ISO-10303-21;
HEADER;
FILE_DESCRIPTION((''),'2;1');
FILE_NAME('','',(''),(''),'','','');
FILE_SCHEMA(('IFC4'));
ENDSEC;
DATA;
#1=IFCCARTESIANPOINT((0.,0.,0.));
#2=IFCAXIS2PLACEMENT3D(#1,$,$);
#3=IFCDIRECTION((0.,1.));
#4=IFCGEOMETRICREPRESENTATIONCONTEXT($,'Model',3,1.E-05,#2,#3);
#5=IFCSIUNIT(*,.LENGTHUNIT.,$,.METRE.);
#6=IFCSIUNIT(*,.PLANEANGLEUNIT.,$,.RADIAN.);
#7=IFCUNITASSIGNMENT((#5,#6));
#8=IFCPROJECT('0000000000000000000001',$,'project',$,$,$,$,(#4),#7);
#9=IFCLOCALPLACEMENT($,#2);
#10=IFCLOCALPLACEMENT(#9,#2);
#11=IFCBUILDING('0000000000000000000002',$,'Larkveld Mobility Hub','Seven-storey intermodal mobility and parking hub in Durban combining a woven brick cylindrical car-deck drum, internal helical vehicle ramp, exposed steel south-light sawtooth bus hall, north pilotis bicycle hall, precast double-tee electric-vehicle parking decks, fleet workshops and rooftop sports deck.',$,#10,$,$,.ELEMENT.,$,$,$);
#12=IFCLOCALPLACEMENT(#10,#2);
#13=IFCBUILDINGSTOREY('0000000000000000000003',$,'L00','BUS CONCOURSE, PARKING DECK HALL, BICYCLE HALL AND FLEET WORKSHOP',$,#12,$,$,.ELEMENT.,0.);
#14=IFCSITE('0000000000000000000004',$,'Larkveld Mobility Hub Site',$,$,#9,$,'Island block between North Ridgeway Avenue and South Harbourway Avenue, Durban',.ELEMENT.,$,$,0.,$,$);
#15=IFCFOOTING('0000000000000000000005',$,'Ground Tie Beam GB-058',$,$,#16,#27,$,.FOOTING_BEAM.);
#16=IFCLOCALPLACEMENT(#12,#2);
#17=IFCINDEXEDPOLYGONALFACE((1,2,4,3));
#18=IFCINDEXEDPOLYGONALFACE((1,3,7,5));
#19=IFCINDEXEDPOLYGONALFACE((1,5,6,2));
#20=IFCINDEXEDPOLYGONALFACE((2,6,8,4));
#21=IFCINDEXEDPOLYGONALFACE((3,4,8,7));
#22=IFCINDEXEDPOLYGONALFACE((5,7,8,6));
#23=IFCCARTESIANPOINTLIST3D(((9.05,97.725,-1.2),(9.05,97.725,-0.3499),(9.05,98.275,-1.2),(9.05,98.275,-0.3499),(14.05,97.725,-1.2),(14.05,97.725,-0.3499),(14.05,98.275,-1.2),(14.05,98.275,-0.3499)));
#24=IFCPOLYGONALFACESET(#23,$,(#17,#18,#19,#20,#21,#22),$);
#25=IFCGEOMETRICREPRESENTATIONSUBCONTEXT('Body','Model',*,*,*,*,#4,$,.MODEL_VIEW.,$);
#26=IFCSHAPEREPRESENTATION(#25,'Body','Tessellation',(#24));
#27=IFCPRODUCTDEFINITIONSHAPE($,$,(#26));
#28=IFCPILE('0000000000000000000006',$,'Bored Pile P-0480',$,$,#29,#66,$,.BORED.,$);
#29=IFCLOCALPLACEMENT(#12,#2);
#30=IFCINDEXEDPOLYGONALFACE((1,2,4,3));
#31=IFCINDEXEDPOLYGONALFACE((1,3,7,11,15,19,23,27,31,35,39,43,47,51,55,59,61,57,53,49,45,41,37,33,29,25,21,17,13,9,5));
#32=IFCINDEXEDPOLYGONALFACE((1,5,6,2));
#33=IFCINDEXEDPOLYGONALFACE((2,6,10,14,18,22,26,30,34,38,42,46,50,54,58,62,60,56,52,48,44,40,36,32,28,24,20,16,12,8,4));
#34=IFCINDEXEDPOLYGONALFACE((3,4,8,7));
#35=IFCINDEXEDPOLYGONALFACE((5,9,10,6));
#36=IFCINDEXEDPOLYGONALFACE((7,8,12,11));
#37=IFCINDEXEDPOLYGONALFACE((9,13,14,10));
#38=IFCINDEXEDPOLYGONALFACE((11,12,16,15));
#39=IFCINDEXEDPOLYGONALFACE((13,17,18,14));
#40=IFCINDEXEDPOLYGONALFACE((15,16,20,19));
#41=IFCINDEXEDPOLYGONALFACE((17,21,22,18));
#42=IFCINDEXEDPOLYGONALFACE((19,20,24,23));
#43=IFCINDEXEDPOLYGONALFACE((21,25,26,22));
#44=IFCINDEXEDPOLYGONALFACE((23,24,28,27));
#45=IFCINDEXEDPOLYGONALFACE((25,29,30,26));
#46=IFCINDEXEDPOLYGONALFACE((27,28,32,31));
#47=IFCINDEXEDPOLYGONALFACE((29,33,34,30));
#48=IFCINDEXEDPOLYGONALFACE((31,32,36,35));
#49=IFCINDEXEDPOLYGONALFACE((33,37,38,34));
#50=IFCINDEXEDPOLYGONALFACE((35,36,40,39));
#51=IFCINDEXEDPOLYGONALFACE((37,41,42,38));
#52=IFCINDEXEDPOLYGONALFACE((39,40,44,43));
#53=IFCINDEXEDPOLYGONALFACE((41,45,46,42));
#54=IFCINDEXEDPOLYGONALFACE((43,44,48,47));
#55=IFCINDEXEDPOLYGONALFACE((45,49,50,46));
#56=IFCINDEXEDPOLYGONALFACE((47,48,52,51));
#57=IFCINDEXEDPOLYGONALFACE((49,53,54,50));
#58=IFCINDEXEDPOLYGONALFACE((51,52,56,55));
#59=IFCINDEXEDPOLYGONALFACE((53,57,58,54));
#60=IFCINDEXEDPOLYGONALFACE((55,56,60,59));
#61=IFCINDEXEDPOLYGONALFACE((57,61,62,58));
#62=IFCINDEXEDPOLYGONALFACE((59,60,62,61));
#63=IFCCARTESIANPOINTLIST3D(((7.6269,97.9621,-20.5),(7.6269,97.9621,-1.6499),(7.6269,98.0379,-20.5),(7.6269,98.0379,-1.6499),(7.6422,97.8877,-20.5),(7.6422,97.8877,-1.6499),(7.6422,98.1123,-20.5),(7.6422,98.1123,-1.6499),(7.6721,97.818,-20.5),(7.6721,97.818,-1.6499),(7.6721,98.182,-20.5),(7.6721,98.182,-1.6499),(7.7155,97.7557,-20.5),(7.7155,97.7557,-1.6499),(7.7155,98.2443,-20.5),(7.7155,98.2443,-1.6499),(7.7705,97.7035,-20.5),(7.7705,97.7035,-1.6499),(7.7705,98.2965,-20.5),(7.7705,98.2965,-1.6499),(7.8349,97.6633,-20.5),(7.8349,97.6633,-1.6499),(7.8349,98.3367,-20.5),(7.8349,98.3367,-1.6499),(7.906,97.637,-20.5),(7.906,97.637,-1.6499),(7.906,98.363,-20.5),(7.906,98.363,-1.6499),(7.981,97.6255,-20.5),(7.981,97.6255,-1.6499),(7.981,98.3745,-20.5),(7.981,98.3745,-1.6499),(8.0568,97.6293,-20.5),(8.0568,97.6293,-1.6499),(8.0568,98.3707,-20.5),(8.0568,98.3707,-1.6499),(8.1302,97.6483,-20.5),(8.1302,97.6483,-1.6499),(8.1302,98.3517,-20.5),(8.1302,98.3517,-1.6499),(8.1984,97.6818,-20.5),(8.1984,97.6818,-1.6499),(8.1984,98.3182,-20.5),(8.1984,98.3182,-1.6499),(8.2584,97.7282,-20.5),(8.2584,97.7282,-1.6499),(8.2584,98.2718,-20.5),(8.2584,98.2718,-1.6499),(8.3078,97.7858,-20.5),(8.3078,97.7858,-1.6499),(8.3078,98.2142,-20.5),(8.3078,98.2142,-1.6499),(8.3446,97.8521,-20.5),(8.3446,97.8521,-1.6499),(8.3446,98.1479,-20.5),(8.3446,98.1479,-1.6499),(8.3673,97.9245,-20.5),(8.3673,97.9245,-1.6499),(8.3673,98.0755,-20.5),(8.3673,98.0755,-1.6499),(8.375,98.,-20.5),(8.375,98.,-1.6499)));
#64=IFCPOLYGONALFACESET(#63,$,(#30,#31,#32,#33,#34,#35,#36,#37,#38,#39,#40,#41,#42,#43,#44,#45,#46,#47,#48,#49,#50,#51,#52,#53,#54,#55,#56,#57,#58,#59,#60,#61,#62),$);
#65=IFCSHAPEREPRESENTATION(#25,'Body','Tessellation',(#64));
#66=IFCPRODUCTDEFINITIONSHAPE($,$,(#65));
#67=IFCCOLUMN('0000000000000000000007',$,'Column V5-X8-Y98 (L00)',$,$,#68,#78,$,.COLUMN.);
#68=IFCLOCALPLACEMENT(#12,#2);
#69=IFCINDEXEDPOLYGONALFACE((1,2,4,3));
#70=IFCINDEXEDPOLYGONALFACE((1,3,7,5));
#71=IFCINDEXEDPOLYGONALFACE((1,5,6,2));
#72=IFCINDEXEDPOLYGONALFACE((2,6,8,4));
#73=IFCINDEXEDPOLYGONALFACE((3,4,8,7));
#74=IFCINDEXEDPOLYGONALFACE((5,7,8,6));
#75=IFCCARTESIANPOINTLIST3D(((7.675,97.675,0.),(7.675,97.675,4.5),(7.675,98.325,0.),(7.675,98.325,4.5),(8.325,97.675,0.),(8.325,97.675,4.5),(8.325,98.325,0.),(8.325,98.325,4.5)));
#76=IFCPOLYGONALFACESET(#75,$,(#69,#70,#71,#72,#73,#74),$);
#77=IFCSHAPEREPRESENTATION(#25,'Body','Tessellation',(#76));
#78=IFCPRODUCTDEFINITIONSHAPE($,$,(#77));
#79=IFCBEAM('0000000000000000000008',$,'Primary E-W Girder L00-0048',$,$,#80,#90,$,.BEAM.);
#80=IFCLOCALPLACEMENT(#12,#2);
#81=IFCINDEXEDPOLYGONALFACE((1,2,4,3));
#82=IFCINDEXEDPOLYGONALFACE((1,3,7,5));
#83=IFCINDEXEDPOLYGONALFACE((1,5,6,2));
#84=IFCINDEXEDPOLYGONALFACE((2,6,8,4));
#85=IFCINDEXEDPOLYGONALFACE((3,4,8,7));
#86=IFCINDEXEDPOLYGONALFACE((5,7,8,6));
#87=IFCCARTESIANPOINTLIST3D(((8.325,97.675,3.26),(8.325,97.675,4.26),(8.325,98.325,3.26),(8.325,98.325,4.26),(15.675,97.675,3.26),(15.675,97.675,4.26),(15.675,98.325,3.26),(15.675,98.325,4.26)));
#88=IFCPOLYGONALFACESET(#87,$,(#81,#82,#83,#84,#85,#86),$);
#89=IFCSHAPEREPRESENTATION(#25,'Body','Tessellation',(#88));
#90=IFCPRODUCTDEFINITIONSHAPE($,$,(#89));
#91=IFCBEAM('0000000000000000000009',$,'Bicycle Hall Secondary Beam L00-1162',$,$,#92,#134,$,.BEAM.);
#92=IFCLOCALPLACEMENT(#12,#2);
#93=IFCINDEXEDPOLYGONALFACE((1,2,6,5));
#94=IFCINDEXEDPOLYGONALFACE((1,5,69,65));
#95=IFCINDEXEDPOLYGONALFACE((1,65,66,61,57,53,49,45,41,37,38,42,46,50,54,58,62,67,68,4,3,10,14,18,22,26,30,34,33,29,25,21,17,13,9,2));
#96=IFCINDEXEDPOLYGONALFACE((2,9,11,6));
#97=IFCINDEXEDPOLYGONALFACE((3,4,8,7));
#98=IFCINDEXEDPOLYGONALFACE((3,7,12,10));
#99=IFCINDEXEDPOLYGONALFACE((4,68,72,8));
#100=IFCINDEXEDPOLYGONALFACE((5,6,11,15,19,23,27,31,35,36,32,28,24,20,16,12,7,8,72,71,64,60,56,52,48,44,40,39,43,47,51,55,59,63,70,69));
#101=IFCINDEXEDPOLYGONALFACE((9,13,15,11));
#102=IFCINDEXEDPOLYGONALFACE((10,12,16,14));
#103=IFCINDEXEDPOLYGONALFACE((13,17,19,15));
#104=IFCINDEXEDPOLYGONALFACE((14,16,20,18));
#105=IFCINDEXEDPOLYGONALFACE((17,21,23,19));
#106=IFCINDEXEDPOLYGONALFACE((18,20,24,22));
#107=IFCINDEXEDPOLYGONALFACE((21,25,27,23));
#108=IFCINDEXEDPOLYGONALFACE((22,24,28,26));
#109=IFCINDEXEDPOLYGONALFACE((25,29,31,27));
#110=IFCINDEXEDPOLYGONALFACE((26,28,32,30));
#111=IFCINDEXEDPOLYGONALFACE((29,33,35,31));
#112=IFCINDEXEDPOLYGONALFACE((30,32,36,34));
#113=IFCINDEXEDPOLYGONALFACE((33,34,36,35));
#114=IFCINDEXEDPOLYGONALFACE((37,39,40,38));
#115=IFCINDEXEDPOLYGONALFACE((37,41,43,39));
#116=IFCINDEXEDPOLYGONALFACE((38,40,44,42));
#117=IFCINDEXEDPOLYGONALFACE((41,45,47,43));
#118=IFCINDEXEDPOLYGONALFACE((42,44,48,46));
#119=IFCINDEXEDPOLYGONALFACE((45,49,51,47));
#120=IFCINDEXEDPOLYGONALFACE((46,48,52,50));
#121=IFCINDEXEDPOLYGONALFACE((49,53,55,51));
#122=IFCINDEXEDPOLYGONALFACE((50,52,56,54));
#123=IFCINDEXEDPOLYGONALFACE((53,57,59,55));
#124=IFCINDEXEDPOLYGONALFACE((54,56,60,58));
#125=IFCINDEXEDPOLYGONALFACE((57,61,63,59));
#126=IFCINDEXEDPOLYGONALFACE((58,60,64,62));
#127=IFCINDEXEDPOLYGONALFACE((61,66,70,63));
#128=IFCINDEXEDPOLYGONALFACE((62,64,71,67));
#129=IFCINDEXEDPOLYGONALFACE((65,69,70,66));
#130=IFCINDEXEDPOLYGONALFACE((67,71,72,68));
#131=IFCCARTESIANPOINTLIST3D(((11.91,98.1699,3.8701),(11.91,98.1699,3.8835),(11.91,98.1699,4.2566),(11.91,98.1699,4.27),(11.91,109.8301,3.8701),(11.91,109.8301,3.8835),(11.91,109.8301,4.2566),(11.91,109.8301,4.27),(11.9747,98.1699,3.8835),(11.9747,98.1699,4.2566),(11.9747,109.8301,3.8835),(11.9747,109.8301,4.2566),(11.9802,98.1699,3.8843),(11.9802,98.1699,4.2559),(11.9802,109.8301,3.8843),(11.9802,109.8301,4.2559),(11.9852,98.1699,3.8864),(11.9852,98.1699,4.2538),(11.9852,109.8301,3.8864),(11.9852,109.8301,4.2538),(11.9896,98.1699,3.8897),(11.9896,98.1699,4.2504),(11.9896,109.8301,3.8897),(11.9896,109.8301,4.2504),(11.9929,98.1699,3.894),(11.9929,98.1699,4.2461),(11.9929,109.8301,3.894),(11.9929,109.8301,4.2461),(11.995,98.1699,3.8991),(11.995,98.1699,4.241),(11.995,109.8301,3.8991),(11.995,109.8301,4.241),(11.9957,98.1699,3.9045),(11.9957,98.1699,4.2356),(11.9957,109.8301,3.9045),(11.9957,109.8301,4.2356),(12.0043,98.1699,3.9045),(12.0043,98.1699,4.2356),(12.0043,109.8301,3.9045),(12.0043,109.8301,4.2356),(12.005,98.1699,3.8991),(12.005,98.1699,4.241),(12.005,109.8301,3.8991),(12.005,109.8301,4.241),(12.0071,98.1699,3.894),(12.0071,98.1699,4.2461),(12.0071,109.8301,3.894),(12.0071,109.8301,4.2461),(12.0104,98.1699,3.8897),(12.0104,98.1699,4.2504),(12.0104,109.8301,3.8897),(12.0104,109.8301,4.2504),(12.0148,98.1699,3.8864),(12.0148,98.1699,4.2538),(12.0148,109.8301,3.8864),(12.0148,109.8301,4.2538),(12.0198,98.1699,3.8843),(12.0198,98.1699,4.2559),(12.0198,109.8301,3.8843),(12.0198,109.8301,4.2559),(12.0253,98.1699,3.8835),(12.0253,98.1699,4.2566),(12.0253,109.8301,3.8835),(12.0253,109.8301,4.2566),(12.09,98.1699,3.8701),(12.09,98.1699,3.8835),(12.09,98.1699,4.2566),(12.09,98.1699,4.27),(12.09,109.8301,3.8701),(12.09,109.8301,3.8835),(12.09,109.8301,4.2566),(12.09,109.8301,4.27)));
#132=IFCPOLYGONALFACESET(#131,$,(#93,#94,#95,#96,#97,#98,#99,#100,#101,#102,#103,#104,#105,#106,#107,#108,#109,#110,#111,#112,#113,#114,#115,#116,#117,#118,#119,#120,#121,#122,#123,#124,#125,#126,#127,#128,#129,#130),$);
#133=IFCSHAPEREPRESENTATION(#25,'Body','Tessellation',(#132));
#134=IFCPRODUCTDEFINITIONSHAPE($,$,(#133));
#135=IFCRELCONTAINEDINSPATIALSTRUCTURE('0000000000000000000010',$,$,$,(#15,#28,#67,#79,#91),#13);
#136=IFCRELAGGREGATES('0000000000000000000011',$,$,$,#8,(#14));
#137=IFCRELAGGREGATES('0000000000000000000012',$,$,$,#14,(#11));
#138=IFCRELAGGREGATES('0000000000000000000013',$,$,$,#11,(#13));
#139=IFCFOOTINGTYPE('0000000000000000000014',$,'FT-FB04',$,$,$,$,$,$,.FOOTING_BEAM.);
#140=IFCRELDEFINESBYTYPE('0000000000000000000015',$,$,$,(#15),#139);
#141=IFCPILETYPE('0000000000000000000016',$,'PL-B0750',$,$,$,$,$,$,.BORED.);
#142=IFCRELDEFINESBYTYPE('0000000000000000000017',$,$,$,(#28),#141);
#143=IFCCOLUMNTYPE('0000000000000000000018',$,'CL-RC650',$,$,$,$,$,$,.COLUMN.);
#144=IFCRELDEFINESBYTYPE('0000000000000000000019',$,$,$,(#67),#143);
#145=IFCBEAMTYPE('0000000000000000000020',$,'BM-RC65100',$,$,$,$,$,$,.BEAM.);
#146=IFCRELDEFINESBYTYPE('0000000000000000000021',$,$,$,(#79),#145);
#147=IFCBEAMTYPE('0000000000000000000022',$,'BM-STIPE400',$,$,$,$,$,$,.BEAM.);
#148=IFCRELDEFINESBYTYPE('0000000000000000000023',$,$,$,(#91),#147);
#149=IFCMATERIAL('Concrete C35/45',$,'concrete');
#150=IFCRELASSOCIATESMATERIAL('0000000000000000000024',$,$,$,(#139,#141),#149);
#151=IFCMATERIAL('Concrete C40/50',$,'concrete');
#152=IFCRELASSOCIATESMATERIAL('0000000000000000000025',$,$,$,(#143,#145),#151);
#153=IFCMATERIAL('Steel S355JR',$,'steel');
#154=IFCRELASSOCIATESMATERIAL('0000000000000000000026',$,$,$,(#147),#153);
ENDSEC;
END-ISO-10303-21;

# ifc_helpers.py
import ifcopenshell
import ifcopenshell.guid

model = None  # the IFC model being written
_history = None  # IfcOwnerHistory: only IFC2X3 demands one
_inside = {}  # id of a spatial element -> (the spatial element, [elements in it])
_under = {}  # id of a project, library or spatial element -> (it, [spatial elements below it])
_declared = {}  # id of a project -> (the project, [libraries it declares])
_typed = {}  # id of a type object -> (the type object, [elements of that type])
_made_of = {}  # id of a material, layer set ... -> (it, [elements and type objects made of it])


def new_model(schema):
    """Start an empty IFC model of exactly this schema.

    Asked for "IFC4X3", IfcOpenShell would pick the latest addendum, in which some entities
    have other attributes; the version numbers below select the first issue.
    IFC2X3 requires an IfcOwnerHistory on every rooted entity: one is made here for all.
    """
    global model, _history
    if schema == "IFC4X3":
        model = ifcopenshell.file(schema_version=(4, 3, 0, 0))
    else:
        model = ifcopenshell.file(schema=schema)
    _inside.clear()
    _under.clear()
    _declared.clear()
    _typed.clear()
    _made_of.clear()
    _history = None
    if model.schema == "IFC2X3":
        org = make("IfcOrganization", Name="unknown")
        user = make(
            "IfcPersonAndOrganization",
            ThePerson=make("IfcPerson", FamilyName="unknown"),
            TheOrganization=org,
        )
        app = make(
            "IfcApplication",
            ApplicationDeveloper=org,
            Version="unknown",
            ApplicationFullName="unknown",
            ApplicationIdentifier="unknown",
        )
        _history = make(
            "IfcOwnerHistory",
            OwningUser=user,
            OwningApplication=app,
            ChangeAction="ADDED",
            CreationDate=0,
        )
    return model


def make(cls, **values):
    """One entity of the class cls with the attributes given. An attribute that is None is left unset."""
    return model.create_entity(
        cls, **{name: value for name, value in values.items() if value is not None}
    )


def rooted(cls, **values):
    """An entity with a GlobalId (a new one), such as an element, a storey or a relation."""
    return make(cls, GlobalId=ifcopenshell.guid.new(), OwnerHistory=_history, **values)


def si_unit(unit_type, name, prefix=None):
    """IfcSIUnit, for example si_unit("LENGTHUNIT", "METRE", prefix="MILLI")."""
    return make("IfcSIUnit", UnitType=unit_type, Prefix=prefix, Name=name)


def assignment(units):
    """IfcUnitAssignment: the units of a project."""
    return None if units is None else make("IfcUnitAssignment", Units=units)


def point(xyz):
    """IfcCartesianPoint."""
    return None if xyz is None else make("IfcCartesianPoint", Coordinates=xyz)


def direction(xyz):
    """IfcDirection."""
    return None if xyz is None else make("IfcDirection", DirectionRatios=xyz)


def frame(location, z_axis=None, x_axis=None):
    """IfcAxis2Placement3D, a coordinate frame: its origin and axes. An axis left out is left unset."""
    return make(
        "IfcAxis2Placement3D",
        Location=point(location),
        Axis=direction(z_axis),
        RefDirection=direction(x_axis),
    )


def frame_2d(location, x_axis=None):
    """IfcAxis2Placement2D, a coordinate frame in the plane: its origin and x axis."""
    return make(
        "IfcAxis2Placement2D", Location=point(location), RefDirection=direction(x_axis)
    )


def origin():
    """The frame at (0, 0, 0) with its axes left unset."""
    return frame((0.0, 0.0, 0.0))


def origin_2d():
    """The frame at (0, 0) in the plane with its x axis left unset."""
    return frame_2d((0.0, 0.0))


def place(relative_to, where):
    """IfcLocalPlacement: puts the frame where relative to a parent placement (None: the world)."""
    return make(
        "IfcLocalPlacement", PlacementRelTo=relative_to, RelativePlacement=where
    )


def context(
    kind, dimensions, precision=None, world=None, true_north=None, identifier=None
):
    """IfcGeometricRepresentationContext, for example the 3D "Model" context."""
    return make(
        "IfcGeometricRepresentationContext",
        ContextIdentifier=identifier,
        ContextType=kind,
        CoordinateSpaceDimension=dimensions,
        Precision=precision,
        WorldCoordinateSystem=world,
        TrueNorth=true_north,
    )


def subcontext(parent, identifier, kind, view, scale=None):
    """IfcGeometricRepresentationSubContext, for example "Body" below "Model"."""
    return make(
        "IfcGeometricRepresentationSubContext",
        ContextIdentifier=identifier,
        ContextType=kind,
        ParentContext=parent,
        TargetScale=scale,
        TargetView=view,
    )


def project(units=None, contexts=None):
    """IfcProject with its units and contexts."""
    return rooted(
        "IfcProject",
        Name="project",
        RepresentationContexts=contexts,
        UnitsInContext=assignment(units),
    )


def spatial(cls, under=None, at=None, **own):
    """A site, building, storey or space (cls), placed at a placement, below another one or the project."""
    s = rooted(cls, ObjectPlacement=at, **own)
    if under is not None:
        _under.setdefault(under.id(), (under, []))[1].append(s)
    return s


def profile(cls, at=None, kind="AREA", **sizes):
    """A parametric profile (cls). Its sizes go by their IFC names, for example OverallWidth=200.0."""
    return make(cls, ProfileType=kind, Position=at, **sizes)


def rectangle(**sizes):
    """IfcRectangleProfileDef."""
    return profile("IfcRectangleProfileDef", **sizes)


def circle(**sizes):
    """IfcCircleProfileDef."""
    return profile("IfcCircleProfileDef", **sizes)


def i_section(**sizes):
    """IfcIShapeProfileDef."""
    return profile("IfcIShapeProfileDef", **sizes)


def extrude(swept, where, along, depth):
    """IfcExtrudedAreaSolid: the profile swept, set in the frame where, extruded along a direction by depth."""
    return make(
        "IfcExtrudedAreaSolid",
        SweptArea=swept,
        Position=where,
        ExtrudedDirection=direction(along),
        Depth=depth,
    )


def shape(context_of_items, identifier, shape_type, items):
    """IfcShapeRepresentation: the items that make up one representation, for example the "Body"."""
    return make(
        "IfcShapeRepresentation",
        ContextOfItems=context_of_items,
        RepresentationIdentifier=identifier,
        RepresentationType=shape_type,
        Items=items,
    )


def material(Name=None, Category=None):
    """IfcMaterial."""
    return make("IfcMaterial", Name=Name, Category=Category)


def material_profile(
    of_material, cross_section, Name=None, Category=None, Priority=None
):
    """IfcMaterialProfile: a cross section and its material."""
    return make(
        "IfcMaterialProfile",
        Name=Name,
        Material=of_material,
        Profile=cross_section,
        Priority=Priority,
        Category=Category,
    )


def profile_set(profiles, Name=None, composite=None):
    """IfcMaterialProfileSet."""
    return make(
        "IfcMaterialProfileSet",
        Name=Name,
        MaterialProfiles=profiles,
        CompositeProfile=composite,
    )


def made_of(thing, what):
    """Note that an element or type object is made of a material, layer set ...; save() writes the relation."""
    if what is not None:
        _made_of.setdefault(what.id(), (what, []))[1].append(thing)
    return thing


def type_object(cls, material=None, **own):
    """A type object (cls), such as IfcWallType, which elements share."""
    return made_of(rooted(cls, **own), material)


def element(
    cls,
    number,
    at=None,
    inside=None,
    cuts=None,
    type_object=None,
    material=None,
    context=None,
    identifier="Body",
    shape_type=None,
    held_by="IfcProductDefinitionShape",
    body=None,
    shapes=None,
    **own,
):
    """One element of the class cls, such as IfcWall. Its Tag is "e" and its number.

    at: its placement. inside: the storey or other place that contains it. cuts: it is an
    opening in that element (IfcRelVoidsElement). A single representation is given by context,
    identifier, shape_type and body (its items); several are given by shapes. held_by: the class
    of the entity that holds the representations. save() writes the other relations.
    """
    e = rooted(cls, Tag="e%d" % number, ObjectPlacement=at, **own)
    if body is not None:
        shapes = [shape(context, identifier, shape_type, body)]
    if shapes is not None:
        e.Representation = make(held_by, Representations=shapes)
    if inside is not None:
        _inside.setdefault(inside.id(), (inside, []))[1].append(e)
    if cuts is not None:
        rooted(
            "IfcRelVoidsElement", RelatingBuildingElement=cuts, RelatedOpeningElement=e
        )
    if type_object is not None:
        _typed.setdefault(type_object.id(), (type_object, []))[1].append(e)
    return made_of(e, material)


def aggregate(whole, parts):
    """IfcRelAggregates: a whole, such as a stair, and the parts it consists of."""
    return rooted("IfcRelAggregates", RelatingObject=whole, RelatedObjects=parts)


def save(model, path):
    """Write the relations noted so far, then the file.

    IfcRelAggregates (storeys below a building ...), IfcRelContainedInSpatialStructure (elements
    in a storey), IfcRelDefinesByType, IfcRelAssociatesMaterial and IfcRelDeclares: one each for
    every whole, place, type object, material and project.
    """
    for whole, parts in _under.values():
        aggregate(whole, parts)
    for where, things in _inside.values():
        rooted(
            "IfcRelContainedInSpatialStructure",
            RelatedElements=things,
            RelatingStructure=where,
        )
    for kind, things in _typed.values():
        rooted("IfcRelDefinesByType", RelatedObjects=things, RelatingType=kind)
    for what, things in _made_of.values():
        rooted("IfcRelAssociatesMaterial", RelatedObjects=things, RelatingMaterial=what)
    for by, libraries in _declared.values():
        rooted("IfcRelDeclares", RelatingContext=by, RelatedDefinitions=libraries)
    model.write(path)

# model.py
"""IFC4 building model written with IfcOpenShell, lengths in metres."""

from ifc_helpers import new_model, si_unit, direction, frame, origin, origin_2d, place, context, subcontext, project, spatial, rectangle, circle, i_section, extrude, material, material_profile, profile_set, type_object, element, save


model = new_model("IFC4")

# Units and contexts
model_context = context("Model", 3, precision=1e-05, world=origin(), true_north=direction((0.0, 1.0)))
body_context = subcontext(model_context, "Body", "Model", "MODEL_VIEW")
ifc_project = project(units=[si_unit("LENGTHUNIT", "METRE"), si_unit("PLANEANGLEUNIT", "RADIAN")], contexts=[model_context])

# Site, building, storey
site_placement = place(None, origin())
site = spatial("IfcSite", under=ifc_project, at=site_placement, Name="Larkveld Mobility Hub Site", LongName="Island block between North Ridgeway Avenue and South Harbourway Avenue, Durban", CompositionType="ELEMENT", RefElevation=0.0)
building_placement = place(site_placement, origin())
building = spatial("IfcBuilding", under=site, at=building_placement, Name="Larkveld Mobility Hub", Description="Seven-storey intermodal mobility and parking hub in Durban combining a woven brick cylindrical car-deck drum, internal helical vehicle ramp, exposed steel south-light sawtooth bus hall, north pilotis bicycle hall, precast double-tee electric-vehicle parking decks, fleet workshops and rooftop sports deck.", CompositionType="ELEMENT")
storey_placement = place(building_placement, origin())
storey = spatial("IfcBuildingStorey", under=building, at=storey_placement, Name="L00", Description="BUS CONCOURSE, PARKING DECK HALL, BICYCLE HALL AND FLEET WORKSHOP", CompositionType="ELEMENT", Elevation=0.0)

# Footing
ifc_material_1 = material(Name="Concrete C35/45", Category="concrete")
ifc_material_profile_1 = material_profile(ifc_material_1, rectangle(XDim=0.55, YDim=0.8501, at=origin_2d()), Name="RC BM 550x850")
ifc_profile_set_1 = profile_set([ifc_material_profile_1], Name="Concrete C35/45")
footing_type = type_object("IfcFootingType", Name="FT-FB04", PredefinedType="FOOTING_BEAM", material=ifc_profile_set_1)
footing_placement = place(storey_placement, frame((9.05, 98.0, -0.7749), z_axis=(1.0, 0.0, 0.0), x_axis=(0.0, 1.0, 0.0)))
element("IfcFooting", 1, at=footing_placement, inside=storey, type_object=footing_type, Name="Ground Tie Beam GB-058", PredefinedType="FOOTING_BEAM", context=body_context, shape_type="SweptSolid", body=[
    extrude(rectangle(XDim=0.55, YDim=0.8501, at=origin_2d()), origin(), (0.0, 0.0, 1.0), 5.0),
])

# Pile
ifc_material_profile_2 = material_profile(ifc_material_1, circle(Radius=0.375, at=origin_2d()), Name="PILE D750")
ifc_profile_set_2 = profile_set([ifc_material_profile_2], Name="Concrete C35/45")
pile_type = type_object("IfcPileType", Name="PL-B0750", PredefinedType="BORED", material=ifc_profile_set_2)
pile_placement = place(storey_placement, frame((8.0, 98.0, -1.6499), z_axis=(0.0, 0.0, -1.0), x_axis=(1.0, 0.0, 0.0)))
element("IfcPile", 2, at=pile_placement, inside=storey, type_object=pile_type, Name="Bored Pile P-0480", PredefinedType="BORED", context=body_context, shape_type="SweptSolid", body=[
    extrude(circle(Radius=0.375, at=origin_2d()), origin(), (0.0, 0.0, 1.0), 18.8501),
])

# Column
ifc_material_2 = material(Name="Concrete C40/50", Category="concrete")
ifc_material_profile_3 = material_profile(ifc_material_2, rectangle(XDim=0.6499, YDim=0.6499, at=origin_2d()), Name="RC COL 650x650")
ifc_profile_set_3 = profile_set([ifc_material_profile_3], Name="Concrete C40/50")
column_type = type_object("IfcColumnType", Name="CL-RC650", PredefinedType="COLUMN", material=ifc_profile_set_3)
column_placement = place(storey_placement, frame((8.0, 98.0, 0.0), z_axis=(0.0, 0.0, 1.0), x_axis=(1.0, 0.0, 0.0)))
element("IfcColumn", 3, at=column_placement, inside=storey, type_object=column_type, Name="Column V5-X8-Y98 (L00)", PredefinedType="COLUMN", context=body_context, shape_type="SweptSolid", body=[
    extrude(rectangle(XDim=0.6499, YDim=0.6499, at=origin_2d()), origin(), (0.0, 0.0, 1.0), 4.5),
])

# Beams
ifc_material_profile_4 = material_profile(ifc_material_2, rectangle(XDim=0.6499, YDim=1.0, at=origin_2d()), Name="RC BM 650x1000")
ifc_profile_set_4 = profile_set([ifc_material_profile_4], Name="Concrete C40/50")
beam_type_1 = type_object("IfcBeamType", Name="BM-RC65100", PredefinedType="BEAM", material=ifc_profile_set_4)
beam_1_placement = place(storey_placement, frame((8.325, 98.0, 3.76), z_axis=(1.0, 0.0, 0.0), x_axis=(0.0, 1.0, 0.0)))
element("IfcBeam", 4, at=beam_1_placement, inside=storey, type_object=beam_type_1, Name="Primary E-W Girder L00-0048", PredefinedType="BEAM", context=body_context, shape_type="SweptSolid", body=[
    extrude(rectangle(XDim=0.6499, YDim=1.0, at=origin_2d()), origin(), (0.0, 0.0, 1.0), 7.3501),
])
ifc_material_3 = material(Name="Steel S355JR", Category="steel")
ifc_material_profile_5 = material_profile(ifc_material_3, i_section(OverallWidth=0.1799, OverallDepth=0.3999, WebThickness=0.0085, FlangeThickness=0.0134, FilletRadius=0.021, at=origin_2d()), Name="IPE 400")
ifc_profile_set_5 = profile_set([ifc_material_profile_5], Name="Steel S355JR")
beam_type_2 = type_object("IfcBeamType", Name="BM-STIPE400", PredefinedType="BEAM", material=ifc_profile_set_5)
beam_2_placement = place(storey_placement, frame((12.0, 98.1699, 4.0701), z_axis=(0.0, 1.0, 0.0), x_axis=(-1.0, 0.0, 0.0)))
element("IfcBeam", 5, at=beam_2_placement, inside=storey, type_object=beam_type_2, Name="Bicycle Hall Secondary Beam L00-1162", PredefinedType="BEAM", context=body_context, shape_type="SweptSolid", body=[
    extrude(i_section(OverallWidth=0.1799, OverallDepth=0.3999, WebThickness=0.0085, FlangeThickness=0.0134, FilletRadius=0.021, at=origin_2d()), origin(), (0.0, 0.0, 1.0), 11.6602),
])

save(model, "model.ifc")
